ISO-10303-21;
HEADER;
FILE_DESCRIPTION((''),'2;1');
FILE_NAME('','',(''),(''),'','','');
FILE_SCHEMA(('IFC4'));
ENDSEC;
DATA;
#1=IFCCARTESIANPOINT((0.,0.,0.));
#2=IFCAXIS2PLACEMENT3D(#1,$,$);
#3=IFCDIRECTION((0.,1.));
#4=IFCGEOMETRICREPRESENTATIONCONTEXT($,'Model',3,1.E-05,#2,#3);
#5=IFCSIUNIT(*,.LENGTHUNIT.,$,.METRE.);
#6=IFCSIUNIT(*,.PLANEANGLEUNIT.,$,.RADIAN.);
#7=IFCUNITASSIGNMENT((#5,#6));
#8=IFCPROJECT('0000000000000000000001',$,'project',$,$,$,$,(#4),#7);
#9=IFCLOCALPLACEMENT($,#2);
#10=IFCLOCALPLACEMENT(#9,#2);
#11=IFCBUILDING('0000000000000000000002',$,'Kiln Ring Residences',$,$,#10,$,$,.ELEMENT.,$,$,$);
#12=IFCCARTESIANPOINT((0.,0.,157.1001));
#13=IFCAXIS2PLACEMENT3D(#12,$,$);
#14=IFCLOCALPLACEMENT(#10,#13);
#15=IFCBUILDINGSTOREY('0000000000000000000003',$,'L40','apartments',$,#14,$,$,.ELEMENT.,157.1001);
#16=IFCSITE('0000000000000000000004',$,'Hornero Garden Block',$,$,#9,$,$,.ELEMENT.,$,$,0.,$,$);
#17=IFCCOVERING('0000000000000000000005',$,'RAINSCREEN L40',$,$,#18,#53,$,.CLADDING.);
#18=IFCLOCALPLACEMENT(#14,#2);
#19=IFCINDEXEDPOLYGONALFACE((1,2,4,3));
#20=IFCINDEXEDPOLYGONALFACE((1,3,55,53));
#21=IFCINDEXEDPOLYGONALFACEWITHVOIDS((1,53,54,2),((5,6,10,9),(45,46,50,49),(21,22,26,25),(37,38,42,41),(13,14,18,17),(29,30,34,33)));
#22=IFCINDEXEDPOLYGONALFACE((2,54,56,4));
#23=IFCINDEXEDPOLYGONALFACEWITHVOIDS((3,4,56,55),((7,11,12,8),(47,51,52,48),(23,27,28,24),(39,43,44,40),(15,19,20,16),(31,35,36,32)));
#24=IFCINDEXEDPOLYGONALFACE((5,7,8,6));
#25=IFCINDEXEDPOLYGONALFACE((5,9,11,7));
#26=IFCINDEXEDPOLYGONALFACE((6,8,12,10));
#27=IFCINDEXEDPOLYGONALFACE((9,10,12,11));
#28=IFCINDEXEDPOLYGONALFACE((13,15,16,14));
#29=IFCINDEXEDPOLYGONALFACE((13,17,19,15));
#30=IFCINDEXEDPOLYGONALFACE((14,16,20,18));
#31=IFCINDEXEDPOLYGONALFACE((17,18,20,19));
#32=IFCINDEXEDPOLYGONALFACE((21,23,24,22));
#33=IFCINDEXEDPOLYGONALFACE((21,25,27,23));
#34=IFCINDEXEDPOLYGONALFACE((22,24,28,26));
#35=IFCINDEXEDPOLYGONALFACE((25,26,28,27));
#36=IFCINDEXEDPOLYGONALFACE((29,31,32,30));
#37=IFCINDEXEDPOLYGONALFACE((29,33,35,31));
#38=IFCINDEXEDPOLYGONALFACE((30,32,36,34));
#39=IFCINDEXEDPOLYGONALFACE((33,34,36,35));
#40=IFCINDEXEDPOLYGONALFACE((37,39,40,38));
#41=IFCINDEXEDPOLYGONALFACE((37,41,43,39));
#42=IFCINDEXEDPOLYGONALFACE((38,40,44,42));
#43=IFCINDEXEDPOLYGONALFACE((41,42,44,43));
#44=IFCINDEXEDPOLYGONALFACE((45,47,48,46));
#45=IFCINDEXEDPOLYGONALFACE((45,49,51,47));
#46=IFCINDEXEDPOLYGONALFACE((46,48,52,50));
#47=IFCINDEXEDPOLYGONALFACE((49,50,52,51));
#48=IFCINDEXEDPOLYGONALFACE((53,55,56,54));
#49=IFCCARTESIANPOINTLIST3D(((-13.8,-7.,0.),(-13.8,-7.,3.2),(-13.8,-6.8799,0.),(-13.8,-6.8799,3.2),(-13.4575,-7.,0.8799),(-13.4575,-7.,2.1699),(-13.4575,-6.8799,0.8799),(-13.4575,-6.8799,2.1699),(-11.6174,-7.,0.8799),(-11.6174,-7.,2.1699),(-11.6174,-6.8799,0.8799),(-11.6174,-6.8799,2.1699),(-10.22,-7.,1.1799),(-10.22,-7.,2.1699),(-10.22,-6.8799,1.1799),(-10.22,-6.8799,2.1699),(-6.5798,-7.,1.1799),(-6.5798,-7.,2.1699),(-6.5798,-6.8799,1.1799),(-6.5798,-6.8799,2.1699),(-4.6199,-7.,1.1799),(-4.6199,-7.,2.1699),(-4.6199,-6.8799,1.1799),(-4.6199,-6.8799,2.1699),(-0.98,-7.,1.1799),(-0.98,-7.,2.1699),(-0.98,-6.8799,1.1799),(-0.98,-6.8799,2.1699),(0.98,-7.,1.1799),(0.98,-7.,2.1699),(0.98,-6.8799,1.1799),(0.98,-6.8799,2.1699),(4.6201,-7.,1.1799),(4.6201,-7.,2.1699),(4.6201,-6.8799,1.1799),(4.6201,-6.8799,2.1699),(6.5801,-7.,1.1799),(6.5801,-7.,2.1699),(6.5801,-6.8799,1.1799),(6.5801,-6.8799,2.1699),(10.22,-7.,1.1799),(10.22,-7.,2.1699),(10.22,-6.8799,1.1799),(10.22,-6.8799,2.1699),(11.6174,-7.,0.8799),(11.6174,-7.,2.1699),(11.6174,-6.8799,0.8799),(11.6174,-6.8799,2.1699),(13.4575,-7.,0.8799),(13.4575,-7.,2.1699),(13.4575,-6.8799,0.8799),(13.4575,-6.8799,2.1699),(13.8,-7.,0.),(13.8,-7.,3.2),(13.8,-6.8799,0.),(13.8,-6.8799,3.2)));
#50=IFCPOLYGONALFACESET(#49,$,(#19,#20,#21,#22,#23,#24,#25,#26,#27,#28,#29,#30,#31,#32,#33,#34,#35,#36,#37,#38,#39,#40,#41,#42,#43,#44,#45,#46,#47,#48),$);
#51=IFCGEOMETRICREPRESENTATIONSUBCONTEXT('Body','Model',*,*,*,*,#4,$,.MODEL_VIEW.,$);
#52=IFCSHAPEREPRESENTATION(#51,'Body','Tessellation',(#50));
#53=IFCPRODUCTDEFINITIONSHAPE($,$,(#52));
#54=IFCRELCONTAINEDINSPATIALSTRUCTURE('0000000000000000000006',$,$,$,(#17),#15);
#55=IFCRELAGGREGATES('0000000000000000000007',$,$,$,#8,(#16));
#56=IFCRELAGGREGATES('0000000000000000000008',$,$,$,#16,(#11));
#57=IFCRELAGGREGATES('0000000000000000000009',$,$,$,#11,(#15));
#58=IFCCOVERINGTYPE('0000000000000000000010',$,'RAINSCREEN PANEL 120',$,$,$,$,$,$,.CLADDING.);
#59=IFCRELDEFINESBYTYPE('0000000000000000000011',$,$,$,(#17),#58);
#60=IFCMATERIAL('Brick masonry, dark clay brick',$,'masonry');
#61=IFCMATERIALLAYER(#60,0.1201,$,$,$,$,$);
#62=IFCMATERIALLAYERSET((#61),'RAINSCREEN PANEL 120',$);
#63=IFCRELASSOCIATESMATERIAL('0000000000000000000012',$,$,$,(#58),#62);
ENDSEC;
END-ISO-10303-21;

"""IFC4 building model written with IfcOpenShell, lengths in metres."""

from ifc_helpers import new_model, si_unit, direction, frame, origin, place, context, subcontext, project, spatial, polyline, outline, extrude, material, layer, layer_set, type_object, element, save


model = new_model("IFC4")

# Units and contexts
model_context = context("Model", 3, precision=1e-05, world=origin(), true_north=direction((0.0, 1.0)))
body_context = subcontext(model_context, "Body", "Model", "MODEL_VIEW")
ifc_project = project(units=[si_unit("LENGTHUNIT", "METRE"), si_unit("PLANEANGLEUNIT", "RADIAN")], contexts=[model_context])

# Site, building, storey
site_placement = place(None, origin())
site = spatial("IfcSite", under=ifc_project, at=site_placement, Name="Hornero Garden Block", CompositionType="ELEMENT", RefElevation=0.0)
building_placement = place(site_placement, origin())
building = spatial("IfcBuilding", under=site, at=building_placement, Name="Kiln Ring Residences", CompositionType="ELEMENT")
storey_placement = place(building_placement, frame((0.0, 0.0, 157.1001)))
storey = spatial("IfcBuildingStorey", under=building, at=storey_placement, Name="L40", Description="apartments", CompositionType="ELEMENT", Elevation=157.1001)

# Covering
ifc_material_1 = material(Name="Brick masonry, dark clay brick", Category="masonry")
ifc_layer_1 = layer(ifc_material_1, 0.1201)
ifc_layer_set_1 = layer_set([ifc_layer_1], Name="RAINSCREEN PANEL 120")
covering_type = type_object("IfcCoveringType", Name="RAINSCREEN PANEL 120", PredefinedType="CLADDING", material=ifc_layer_set_1)
covering_placement = place(storey_placement, frame((13.8, -6.9399, 0.0), z_axis=(0.0, 0.0, 1.0), x_axis=(-1.0, 0.0, 0.0)))
element("IfcCovering", 1, at=covering_placement, inside=storey, type_object=covering_type, Name="RAINSCREEN L40", PredefinedType="CLADDING", context=body_context, shape_type="SweptSolid", body=[
    extrude(outline(polyline([(0.0, 0.0), (27.6001, 0.0), (27.6001, 3.2), (0.0, 3.2), (0.0, 0.0)]), holes=[polyline([(2.1826, 0.8799), (2.1826, 2.1699), (0.3425, 2.1699), (0.3425, 0.8799), (2.1826, 0.8799)]), polyline([(25.4175, 0.8799), (27.2576, 0.8799), (27.2576, 2.1699), (25.4175, 2.1699), (25.4175, 0.8799)]), polyline([(3.5801, 1.1799), (7.22, 1.1799), (7.22, 2.1699), (3.5801, 2.1699), (3.5801, 1.1799)]), polyline([(12.8201, 1.1799), (12.8201, 2.1699), (9.1799, 2.1699), (9.1799, 1.1799), (12.8201, 1.1799)]), polyline([(14.78, 1.1799), (18.4199, 1.1799), (18.4199, 2.1699), (14.78, 2.1699), (14.78, 1.1799)]), polyline([(20.3799, 1.1799), (24.02, 1.1799), (24.02, 2.1699), (20.3799, 2.1699), (20.3799, 1.1799)])]), frame((0.0, 0.0601, 0.0), z_axis=(0.0, -1.0, 0.0), x_axis=(1.0, 0.0, 0.0)), (0.0, 0.0, 1.0), 0.1201),
])

save(model, "model.ifc")
